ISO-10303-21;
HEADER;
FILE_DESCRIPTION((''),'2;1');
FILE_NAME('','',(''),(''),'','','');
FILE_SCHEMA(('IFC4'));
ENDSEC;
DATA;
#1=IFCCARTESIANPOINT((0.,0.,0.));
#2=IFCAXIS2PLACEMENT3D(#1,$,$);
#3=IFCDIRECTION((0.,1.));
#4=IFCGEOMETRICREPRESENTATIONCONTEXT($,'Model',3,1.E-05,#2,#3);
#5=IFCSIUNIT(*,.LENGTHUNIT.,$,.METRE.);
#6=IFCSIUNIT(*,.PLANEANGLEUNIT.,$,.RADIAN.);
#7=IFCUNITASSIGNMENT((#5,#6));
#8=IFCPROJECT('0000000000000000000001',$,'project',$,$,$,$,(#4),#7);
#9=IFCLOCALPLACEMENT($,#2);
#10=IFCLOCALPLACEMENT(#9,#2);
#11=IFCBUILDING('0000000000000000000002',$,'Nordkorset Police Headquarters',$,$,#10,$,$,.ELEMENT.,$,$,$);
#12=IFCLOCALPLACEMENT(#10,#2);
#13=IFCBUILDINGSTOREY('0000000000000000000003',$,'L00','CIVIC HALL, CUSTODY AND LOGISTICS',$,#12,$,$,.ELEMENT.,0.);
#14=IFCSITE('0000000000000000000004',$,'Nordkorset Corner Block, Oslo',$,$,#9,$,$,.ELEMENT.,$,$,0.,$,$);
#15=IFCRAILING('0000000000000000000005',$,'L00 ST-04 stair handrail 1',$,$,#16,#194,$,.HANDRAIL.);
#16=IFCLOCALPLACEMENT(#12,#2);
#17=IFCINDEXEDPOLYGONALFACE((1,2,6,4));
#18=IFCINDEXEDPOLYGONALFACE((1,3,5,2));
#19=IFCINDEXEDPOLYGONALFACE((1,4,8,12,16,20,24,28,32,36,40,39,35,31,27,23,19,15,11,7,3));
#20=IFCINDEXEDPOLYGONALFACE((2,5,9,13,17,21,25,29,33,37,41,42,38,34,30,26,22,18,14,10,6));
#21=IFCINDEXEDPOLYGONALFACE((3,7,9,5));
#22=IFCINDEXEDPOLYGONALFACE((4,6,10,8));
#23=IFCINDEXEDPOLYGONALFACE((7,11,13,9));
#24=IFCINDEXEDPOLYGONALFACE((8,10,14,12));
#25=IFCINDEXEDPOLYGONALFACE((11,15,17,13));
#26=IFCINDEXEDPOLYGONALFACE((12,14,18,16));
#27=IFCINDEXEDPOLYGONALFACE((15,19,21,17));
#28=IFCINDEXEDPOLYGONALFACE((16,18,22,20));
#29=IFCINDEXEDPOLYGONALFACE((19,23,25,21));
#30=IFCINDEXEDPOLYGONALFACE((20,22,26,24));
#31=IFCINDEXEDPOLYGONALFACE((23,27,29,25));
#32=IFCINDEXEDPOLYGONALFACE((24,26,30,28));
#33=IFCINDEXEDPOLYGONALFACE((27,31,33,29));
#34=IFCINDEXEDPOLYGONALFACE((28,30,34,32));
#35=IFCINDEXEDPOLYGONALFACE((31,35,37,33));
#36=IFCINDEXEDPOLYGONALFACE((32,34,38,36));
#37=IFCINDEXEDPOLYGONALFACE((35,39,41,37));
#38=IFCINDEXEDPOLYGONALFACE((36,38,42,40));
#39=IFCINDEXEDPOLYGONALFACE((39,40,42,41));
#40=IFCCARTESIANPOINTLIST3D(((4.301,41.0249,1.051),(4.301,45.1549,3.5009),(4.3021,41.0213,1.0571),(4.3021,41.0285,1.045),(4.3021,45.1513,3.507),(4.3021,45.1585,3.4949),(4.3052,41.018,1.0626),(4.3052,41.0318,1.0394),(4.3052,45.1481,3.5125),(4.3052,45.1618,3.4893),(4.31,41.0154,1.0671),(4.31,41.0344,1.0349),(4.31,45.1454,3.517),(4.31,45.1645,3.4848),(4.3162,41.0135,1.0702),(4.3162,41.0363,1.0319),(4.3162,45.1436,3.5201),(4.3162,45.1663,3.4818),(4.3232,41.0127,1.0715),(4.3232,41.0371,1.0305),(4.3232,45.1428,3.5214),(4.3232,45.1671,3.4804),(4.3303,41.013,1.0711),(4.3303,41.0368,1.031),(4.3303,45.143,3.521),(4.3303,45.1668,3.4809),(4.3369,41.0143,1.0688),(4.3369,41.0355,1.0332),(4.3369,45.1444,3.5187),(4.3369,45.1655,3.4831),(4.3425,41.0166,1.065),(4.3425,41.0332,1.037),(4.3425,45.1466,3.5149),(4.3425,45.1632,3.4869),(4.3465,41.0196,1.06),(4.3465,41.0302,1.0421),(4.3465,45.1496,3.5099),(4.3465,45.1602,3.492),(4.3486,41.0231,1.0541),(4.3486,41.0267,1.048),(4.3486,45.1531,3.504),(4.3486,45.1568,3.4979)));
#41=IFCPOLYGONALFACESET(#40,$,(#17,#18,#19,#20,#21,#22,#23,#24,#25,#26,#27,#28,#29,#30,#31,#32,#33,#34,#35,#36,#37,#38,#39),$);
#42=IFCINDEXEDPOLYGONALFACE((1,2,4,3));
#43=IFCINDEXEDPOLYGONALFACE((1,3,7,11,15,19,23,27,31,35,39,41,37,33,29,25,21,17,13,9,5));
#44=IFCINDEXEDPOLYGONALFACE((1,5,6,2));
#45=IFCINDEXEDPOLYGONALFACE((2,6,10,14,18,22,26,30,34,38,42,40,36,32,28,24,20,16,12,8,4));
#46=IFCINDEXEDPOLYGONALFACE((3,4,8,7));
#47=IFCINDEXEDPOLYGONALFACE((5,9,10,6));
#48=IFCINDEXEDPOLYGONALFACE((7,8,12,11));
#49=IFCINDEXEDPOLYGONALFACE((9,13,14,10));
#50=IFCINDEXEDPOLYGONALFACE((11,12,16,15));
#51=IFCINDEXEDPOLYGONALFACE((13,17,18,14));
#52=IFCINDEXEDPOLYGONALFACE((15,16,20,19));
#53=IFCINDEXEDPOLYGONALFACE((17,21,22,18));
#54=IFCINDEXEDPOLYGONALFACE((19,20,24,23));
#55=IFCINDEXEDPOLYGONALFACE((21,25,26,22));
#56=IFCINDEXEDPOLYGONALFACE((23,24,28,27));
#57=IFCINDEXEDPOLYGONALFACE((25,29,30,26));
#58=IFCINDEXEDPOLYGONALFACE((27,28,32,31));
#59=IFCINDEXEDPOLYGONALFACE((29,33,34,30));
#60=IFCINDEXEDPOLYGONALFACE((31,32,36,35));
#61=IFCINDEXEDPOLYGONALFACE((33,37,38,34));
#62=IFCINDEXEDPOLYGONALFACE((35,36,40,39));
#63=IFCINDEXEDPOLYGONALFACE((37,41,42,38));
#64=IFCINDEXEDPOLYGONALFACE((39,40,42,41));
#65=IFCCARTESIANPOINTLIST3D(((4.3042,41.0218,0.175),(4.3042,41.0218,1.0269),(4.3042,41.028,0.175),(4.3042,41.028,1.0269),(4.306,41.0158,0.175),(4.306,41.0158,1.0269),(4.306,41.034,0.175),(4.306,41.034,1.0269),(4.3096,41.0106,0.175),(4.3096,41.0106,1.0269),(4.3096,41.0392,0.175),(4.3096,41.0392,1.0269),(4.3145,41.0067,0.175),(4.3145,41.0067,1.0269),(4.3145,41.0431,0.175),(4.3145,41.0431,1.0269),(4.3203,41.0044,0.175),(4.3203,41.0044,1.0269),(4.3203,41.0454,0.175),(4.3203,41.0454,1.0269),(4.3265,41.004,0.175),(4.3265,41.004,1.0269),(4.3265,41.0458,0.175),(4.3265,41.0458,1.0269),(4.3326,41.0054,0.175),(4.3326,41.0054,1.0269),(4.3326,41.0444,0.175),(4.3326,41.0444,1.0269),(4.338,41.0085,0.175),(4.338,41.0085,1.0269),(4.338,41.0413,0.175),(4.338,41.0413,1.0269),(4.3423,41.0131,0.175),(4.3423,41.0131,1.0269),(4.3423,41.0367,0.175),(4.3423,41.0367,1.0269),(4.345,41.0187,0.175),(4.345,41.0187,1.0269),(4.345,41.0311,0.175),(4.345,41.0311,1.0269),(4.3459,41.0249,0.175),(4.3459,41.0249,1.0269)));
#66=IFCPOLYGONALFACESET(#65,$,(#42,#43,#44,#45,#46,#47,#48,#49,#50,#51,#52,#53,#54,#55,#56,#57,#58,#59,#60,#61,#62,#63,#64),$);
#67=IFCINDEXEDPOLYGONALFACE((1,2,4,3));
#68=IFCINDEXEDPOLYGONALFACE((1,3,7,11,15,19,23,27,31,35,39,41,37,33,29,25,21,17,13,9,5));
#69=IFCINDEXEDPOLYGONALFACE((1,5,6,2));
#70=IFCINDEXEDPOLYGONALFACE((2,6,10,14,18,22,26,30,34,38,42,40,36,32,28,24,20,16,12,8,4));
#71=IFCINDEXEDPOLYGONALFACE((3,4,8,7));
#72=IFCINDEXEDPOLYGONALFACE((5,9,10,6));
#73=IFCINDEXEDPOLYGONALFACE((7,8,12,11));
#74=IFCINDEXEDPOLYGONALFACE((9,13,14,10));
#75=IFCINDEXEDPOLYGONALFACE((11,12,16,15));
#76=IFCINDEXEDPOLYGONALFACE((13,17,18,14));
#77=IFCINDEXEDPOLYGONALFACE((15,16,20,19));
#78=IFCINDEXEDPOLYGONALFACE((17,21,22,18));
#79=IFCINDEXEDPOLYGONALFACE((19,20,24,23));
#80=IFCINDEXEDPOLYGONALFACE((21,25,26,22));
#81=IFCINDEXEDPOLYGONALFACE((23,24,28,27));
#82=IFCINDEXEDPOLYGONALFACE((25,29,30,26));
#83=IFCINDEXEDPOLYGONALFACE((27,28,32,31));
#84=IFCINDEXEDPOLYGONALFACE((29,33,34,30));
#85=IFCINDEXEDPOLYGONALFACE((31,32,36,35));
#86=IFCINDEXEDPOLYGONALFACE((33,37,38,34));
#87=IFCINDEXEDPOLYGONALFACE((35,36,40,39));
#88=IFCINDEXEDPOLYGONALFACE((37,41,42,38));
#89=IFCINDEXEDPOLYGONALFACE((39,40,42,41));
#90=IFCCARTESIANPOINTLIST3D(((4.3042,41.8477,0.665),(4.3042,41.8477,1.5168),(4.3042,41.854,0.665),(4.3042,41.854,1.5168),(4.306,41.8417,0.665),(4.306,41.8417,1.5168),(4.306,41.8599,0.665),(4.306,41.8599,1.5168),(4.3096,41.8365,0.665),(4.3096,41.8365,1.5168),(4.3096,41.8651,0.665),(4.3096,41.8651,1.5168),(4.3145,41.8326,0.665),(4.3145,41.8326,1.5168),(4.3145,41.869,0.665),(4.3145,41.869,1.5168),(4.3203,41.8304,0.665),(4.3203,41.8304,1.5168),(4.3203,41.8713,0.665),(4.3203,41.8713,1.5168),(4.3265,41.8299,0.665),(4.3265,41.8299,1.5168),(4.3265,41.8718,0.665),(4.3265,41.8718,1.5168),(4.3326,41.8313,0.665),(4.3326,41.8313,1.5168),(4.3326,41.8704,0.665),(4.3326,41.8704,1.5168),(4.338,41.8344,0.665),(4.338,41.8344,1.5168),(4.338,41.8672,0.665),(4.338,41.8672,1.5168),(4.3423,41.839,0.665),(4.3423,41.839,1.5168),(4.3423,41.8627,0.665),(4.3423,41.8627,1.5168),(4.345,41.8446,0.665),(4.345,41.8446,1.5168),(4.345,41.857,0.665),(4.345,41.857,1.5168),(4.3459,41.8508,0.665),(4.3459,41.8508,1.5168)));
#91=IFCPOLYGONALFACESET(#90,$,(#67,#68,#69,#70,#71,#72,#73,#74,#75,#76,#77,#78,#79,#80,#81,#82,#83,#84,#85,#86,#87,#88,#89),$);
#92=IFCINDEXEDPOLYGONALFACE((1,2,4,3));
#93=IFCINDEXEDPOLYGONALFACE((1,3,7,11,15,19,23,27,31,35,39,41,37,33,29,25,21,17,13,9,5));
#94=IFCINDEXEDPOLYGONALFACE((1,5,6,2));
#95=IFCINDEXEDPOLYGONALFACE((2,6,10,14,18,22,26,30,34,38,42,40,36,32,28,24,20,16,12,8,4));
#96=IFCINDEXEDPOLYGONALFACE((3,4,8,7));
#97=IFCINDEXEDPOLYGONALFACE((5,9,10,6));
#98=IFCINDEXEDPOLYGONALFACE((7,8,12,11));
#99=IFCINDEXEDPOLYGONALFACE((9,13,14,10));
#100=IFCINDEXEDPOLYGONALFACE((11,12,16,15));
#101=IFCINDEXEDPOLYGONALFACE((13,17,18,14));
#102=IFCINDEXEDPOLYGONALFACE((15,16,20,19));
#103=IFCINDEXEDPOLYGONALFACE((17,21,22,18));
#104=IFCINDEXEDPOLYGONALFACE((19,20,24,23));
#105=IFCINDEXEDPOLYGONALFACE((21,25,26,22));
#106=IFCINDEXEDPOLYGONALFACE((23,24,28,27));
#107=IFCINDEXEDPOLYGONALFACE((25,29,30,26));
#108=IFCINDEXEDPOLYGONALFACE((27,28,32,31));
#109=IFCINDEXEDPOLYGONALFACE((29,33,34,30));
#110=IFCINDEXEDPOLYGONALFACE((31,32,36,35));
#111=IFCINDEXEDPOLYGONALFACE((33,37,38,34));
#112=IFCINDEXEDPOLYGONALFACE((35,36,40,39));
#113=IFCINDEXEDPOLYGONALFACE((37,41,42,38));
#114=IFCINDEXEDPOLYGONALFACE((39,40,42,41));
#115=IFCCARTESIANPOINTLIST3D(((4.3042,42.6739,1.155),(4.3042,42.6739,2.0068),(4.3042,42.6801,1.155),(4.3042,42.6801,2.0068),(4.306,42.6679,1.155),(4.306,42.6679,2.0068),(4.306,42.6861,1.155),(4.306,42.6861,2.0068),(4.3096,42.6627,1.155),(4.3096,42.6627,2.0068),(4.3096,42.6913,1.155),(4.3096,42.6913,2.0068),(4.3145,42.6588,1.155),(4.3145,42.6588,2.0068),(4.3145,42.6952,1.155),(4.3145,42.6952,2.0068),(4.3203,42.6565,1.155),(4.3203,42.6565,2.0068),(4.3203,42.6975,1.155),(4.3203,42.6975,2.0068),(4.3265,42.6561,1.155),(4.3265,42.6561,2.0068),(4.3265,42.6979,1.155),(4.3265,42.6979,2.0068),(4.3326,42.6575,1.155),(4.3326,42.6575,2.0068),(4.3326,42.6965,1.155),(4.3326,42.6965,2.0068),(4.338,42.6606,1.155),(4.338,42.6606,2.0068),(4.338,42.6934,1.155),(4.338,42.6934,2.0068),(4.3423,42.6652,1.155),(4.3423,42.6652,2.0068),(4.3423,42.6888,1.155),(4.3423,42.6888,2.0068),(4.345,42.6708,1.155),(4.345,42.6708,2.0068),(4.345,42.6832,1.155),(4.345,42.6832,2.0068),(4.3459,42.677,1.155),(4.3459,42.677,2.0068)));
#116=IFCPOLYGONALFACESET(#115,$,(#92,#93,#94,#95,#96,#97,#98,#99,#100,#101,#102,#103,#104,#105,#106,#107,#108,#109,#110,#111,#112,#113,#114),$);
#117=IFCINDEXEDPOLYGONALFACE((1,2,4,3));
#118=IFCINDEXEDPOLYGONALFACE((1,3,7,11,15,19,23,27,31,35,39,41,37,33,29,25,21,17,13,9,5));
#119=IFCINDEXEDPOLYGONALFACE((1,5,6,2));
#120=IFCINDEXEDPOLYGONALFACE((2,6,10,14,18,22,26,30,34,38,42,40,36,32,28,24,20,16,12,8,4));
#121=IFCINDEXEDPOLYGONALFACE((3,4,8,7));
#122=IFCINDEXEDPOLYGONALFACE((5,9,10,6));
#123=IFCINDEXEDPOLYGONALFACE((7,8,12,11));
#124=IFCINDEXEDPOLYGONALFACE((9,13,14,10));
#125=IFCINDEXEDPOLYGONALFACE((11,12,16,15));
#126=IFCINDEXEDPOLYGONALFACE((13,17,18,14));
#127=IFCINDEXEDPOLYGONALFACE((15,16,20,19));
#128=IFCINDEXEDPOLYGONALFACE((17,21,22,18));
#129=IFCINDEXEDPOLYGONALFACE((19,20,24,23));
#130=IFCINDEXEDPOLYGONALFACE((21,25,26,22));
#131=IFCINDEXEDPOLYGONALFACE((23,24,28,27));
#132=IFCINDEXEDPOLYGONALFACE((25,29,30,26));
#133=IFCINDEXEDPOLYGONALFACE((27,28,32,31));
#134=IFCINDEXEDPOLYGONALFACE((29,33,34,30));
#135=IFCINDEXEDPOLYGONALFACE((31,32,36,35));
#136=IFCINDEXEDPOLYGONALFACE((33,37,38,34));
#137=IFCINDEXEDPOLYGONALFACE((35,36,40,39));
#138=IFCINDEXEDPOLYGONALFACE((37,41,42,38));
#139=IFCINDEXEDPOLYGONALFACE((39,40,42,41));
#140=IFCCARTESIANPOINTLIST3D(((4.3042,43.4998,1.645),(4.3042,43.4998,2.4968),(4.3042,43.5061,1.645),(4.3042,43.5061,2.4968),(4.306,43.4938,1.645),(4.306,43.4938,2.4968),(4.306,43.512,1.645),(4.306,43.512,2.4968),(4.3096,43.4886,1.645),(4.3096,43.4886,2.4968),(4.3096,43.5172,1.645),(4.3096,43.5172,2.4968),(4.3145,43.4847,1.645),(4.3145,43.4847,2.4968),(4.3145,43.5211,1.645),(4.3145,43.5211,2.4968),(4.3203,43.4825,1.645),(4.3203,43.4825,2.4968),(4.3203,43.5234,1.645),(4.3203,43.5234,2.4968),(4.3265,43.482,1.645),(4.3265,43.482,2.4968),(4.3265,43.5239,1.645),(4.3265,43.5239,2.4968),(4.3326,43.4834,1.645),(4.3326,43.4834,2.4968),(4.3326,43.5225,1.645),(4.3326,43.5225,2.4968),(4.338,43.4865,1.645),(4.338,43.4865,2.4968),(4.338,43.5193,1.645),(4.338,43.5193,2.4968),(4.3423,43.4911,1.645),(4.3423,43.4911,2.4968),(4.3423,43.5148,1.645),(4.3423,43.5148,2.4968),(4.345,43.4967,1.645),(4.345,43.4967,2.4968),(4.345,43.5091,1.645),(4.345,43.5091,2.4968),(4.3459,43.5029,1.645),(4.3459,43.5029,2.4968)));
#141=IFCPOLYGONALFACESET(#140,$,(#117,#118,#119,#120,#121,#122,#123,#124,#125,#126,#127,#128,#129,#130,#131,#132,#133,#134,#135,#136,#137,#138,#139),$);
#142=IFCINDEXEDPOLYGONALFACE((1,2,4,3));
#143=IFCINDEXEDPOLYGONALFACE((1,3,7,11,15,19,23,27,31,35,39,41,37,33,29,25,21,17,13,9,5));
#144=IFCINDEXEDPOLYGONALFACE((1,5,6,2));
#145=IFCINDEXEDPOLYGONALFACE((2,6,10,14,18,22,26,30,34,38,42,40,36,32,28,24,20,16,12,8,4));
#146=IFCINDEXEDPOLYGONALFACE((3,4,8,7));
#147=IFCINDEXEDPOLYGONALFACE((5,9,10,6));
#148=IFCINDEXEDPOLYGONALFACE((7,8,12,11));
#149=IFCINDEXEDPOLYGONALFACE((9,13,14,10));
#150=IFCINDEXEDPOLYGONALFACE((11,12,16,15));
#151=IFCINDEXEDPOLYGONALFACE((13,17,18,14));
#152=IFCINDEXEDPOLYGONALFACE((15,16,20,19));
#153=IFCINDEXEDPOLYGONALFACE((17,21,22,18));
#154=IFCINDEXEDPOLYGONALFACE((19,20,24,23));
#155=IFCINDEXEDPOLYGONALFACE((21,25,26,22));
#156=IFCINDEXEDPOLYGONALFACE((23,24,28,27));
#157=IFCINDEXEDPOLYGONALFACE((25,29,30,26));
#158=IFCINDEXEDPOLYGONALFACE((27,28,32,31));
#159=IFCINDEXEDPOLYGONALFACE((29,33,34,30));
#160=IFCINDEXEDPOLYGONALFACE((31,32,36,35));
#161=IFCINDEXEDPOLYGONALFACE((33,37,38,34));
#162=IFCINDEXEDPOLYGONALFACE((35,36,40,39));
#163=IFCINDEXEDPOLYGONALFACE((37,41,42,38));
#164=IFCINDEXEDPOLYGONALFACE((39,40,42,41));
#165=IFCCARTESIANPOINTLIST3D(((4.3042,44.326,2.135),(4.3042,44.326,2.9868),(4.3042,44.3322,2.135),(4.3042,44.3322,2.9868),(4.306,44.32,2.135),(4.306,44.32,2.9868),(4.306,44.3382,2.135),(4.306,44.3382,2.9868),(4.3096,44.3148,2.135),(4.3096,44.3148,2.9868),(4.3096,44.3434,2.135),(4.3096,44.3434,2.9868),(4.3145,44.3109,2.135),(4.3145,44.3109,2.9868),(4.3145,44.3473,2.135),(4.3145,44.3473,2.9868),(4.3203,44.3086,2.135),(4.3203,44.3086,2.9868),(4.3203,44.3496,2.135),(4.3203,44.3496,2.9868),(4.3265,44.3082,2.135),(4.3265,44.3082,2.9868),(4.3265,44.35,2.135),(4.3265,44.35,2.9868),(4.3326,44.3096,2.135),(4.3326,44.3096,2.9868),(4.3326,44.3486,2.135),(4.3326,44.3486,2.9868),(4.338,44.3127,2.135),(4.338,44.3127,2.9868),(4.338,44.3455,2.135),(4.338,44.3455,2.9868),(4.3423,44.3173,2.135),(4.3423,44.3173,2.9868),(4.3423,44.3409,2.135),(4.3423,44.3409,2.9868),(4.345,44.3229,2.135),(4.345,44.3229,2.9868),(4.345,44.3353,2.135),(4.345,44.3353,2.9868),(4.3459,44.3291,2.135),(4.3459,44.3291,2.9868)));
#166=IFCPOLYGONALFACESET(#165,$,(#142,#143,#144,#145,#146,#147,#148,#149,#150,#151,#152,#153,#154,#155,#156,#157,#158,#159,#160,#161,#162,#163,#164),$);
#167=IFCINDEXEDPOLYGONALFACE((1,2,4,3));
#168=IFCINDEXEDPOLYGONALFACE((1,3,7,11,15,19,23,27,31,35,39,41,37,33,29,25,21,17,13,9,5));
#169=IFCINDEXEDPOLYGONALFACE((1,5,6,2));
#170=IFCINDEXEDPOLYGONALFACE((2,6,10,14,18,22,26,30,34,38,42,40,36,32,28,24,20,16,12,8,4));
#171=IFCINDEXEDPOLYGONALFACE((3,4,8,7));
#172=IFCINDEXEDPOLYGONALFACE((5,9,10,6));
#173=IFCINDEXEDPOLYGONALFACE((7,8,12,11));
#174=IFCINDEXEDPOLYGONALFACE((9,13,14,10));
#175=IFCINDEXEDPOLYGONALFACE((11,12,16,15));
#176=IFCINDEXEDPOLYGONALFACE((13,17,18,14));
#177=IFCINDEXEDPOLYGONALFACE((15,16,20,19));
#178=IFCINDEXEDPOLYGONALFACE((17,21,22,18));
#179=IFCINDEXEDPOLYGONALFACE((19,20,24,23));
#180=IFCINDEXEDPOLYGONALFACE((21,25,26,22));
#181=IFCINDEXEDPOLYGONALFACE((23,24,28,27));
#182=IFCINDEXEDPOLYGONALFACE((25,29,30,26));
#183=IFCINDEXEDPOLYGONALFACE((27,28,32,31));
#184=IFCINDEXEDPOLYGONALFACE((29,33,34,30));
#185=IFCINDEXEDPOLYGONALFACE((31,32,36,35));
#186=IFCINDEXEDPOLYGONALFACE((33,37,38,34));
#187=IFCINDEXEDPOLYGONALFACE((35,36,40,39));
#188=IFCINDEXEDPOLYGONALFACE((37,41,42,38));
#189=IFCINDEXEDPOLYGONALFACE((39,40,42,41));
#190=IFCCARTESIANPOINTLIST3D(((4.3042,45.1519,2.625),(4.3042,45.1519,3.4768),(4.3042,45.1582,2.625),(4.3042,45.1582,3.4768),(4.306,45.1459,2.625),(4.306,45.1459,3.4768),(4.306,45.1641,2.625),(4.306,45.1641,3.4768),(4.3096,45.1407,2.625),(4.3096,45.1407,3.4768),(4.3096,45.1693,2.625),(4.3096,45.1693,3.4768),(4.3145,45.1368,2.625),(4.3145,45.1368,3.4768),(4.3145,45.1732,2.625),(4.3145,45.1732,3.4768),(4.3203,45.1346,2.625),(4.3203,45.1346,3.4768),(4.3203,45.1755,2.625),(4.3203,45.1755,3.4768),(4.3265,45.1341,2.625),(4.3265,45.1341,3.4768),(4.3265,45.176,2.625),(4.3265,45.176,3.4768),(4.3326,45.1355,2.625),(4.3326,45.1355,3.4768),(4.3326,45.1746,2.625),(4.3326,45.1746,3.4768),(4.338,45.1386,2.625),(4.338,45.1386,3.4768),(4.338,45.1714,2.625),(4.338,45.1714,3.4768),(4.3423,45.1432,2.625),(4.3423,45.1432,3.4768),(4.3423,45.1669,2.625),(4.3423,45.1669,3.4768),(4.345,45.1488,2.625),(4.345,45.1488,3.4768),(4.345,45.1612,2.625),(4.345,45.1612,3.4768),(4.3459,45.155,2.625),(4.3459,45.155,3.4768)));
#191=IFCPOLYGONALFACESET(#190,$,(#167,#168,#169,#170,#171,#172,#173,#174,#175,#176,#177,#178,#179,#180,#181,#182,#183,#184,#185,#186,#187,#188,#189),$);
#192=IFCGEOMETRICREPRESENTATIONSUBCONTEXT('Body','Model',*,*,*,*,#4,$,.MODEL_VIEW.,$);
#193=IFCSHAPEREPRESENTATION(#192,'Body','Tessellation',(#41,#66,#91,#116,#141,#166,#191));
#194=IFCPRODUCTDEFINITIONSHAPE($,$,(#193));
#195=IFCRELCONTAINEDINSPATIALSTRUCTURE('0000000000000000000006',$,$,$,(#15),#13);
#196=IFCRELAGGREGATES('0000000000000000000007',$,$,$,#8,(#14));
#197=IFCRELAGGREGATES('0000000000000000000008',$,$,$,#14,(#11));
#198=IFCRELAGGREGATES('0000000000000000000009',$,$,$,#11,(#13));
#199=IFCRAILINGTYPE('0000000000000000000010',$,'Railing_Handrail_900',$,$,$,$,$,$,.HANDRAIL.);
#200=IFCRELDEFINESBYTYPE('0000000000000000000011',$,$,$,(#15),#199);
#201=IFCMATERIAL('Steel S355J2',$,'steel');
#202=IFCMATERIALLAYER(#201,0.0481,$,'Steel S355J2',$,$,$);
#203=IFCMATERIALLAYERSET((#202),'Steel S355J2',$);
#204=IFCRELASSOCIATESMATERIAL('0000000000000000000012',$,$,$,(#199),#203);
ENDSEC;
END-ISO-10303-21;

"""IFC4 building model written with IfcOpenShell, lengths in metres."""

from ifc_helpers import new_model, si_unit, direction, frame, origin, origin_2d, place, context, subcontext, project, spatial, circle, extrude, material, layer, layer_set, type_object, element, save


model = new_model("IFC4")

# Units and contexts
model_context = context("Model", 3, precision=1e-05, world=origin(), true_north=direction((0.0, 1.0)))
body_context = subcontext(model_context, "Body", "Model", "MODEL_VIEW")
ifc_project = project(units=[si_unit("LENGTHUNIT", "METRE"), si_unit("PLANEANGLEUNIT", "RADIAN")], contexts=[model_context])

# Site, building, storey
site_placement = place(None, origin())
site = spatial("IfcSite", under=ifc_project, at=site_placement, Name="Nordkorset Corner Block, Oslo", CompositionType="ELEMENT", RefElevation=0.0)
building_placement = place(site_placement, origin())
building = spatial("IfcBuilding", under=site, at=building_placement, Name="Nordkorset Police Headquarters", CompositionType="ELEMENT")
storey_placement = place(building_placement, origin())
storey = spatial("IfcBuildingStorey", under=building, at=storey_placement, Name="L00", Description="CIVIC HALL, CUSTODY AND LOGISTICS", CompositionType="ELEMENT", Elevation=0.0)

# Railing
ifc_material_1 = material(Name="Steel S355J2", Category="steel")
ifc_layer_1 = layer(ifc_material_1, 0.0481, Name="Steel S355J2")
ifc_layer_set_1 = layer_set([ifc_layer_1], Name="Steel S355J2")
railing_type_1 = type_object("IfcRailingType", Name="Railing_Handrail_900", PredefinedType="HANDRAIL", material=ifc_layer_set_1)
railing_1_placement = place(storey_placement, frame((4.325, 41.0249, 0.175)))
element("IfcRailing", 1, at=railing_1_placement, inside=storey, type_object=railing_type_1, Name="L00 ST-04 stair handrail 1", PredefinedType="HANDRAIL", context=body_context, shape_type="SweptSolid", body=[
    extrude(circle(Radius=0.0239, at=origin_2d()), frame((0.0, 0.0, 0.876), z_axis=(0.0, 0.860066, 0.510183), x_axis=(-1.0, 0.0, 0.0)), (0.0, 0.0, 1.0), 4.802),
    extrude(circle(Radius=0.021, at=origin_2d()), origin(), (0.0, 0.0, 1.0), 0.8518),
    extrude(circle(Radius=0.021, at=origin_2d()), frame((0.0, 0.8259, 0.49)), (0.0, 0.0, 1.0), 0.8518),
    extrude(circle(Radius=0.021, at=origin_2d()), frame((0.0, 1.6521, 0.98)), (0.0, 0.0, 1.0), 0.8518),
    extrude(circle(Radius=0.021, at=origin_2d()), frame((0.0, 2.478, 1.47)), (0.0, 0.0, 1.0), 0.8518),
    extrude(circle(Radius=0.021, at=origin_2d()), frame((0.0, 3.3042, 1.96)), (0.0, 0.0, 1.0), 0.8518),
    extrude(circle(Radius=0.021, at=origin_2d()), frame((0.0, 4.1301, 2.45)), (0.0, 0.0, 1.0), 0.8518),
])

save(model, "model.ifc")
